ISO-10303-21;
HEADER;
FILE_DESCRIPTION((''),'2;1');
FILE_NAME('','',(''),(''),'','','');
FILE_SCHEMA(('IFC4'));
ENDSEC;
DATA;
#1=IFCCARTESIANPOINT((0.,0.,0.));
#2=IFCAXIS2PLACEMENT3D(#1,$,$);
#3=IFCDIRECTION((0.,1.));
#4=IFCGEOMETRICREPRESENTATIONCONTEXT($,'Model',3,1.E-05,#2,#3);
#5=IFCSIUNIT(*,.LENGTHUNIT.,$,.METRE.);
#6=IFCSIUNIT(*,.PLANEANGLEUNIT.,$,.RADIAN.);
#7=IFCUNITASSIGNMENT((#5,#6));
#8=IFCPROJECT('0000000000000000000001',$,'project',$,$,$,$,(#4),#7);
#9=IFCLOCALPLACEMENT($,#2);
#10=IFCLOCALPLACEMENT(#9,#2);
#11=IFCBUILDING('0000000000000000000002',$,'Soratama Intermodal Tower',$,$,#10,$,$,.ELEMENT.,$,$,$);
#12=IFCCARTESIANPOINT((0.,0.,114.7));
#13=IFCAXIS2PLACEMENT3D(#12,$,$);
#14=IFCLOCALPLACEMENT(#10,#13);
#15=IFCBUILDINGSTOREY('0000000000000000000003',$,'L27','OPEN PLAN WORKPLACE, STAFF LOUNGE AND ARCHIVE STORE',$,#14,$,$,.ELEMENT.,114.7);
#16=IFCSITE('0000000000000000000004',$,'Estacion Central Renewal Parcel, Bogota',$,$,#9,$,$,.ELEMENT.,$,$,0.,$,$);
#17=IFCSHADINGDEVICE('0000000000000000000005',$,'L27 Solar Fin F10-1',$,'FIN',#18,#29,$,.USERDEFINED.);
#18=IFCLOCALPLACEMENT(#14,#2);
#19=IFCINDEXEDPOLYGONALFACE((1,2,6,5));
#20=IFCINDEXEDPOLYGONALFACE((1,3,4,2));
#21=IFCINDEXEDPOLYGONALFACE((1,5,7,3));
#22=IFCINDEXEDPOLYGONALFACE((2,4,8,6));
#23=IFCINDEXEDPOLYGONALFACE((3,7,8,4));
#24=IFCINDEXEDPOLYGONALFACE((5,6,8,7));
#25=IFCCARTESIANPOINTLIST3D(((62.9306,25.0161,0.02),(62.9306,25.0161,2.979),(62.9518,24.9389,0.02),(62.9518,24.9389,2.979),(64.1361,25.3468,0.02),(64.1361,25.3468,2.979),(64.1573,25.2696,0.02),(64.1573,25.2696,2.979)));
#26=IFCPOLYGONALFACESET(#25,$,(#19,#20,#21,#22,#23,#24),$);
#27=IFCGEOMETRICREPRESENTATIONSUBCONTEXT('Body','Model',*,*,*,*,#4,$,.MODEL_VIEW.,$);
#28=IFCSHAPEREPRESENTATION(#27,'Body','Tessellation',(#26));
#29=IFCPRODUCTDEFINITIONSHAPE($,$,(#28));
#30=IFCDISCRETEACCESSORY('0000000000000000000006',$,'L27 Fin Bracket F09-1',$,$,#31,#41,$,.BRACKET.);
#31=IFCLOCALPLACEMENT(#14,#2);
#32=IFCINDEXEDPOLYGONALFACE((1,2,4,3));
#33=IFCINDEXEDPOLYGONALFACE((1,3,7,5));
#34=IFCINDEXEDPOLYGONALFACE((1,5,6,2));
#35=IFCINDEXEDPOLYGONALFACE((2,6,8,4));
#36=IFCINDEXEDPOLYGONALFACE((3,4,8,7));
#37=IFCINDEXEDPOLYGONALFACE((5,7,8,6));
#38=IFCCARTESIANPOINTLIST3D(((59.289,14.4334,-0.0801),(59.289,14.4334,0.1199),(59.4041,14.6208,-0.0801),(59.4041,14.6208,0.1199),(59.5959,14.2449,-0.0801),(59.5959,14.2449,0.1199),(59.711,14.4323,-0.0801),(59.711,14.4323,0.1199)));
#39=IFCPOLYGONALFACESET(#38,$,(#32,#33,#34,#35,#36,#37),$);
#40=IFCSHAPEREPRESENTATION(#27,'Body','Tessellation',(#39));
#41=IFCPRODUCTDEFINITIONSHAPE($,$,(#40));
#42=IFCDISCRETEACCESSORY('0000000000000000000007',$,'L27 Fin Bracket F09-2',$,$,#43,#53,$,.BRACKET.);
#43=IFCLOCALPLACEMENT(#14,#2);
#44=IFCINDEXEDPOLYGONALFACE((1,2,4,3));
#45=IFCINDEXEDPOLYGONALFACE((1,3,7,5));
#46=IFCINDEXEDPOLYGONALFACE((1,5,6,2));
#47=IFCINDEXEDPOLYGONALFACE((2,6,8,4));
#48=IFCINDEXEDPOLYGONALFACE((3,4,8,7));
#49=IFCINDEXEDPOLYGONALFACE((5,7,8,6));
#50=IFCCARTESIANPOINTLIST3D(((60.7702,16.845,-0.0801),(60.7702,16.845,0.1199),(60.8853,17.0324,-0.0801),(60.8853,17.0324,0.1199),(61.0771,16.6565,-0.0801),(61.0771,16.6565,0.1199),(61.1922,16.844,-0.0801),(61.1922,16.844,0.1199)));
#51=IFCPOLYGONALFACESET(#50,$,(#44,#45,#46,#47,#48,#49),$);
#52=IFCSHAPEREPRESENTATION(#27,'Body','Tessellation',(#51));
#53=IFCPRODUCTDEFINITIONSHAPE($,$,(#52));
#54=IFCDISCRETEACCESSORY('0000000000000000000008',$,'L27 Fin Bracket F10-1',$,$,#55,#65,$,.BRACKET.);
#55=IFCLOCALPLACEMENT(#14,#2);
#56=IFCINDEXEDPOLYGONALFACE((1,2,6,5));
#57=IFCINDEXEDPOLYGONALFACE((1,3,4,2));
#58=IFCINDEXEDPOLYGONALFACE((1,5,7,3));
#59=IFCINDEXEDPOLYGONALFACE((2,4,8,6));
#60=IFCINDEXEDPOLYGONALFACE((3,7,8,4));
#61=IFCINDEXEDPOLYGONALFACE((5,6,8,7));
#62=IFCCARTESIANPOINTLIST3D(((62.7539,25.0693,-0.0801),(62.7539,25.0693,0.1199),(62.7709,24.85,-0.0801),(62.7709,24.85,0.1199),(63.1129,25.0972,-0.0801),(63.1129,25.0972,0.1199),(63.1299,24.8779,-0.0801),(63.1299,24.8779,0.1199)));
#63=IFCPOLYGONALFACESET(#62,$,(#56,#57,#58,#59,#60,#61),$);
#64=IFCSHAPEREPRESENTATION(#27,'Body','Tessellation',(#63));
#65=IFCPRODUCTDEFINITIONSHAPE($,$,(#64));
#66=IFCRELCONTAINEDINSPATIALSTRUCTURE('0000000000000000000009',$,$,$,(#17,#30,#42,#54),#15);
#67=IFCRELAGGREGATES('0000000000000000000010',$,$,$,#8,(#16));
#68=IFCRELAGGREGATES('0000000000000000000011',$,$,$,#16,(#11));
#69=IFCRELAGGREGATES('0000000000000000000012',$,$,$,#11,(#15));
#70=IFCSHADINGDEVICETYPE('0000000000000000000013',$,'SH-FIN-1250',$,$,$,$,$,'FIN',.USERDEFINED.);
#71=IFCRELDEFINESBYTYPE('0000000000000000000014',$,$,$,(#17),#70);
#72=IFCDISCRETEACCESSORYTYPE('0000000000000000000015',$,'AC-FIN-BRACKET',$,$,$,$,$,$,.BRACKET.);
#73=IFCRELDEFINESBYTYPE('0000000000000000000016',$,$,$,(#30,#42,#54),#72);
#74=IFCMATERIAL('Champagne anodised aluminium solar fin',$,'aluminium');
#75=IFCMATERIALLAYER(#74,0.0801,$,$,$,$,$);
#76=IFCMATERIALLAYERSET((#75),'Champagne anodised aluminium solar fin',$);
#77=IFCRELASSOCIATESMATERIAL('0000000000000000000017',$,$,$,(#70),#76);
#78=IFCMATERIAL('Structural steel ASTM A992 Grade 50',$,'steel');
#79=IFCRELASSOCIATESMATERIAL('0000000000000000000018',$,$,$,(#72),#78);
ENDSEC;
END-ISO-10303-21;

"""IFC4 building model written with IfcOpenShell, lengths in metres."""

from ifc_helpers import new_model, si_unit, direction, frame, origin, origin_2d, place, context, subcontext, project, spatial, rectangle, extrude, material, layer, layer_set, type_object, element, save


model = new_model("IFC4")

# Units and contexts
model_context = context("Model", 3, precision=1e-05, world=origin(), true_north=direction((0.0, 1.0)))
body_context = subcontext(model_context, "Body", "Model", "MODEL_VIEW")
ifc_project = project(units=[si_unit("LENGTHUNIT", "METRE"), si_unit("PLANEANGLEUNIT", "RADIAN")], contexts=[model_context])

# Site, building, storey
site_placement = place(None, origin())
site = spatial("IfcSite", under=ifc_project, at=site_placement, Name="Estacion Central Renewal Parcel, Bogota", CompositionType="ELEMENT", RefElevation=0.0)
building_placement = place(site_placement, origin())
building = spatial("IfcBuilding", under=site, at=building_placement, Name="Soratama Intermodal Tower", CompositionType="ELEMENT")
storey_placement = place(building_placement, frame((0.0, 0.0, 114.7)))
storey = spatial("IfcBuildingStorey", under=building, at=storey_placement, Name="L27", Description="OPEN PLAN WORKPLACE, STAFF LOUNGE AND ARCHIVE STORE", CompositionType="ELEMENT", Elevation=114.7)

# Shading device
ifc_material_1 = material(Name="Champagne anodised aluminium solar fin", Category="aluminium")
ifc_layer_1 = layer(ifc_material_1, 0.0801)
ifc_layer_set_1 = layer_set([ifc_layer_1], Name="Champagne anodised aluminium solar fin")
shading_device_type = type_object("IfcShadingDeviceType", Name="SH-FIN-1250", ElementType="FIN", PredefinedType="USERDEFINED", material=ifc_layer_set_1)
for number, where, z_axis, x_axis, name in (
    (1, (63.5439, 25.1428, 0.02), (0.0, 0.0, 1.0), (0.964373, 0.264546, 0.0), "L27 Solar Fin F10-1"),
):
    element("IfcShadingDevice", number, at=place(storey_placement, frame(where, z_axis=z_axis, x_axis=x_axis)), inside=storey, type_object=shading_device_type, Name=name, ObjectType="FIN", PredefinedType="USERDEFINED", context=body_context, shape_type="SweptSolid", body=[
        extrude(rectangle(XDim=1.25, YDim=0.0801, at=origin_2d()), origin(), (0.0, 0.0, 1.0), 2.959),
    ])

# Discrete accessories
ifc_material_2 = material(Name="Structural steel ASTM A992 Grade 50", Category="steel")
discrete_accessory_type = type_object("IfcDiscreteAccessoryType", Name="AC-FIN-BRACKET", PredefinedType="BRACKET", material=ifc_material_2)
for number, where, z_axis, x_axis, name in (
    (2, (59.5, 14.4329, -0.0801), (0.0, 0.0, 1.0), (0.852093, -0.523391, 0.0), "L27 Fin Bracket F09-1"),
    (3, (60.9812, 16.8445, -0.0801), (0.0, 0.0, 1.0), (0.852093, -0.523391, 0.0), "L27 Fin Bracket F09-2"),
    (4, (62.9419, 24.9736, -0.0801), (0.0, 0.0, 1.0), (0.996999, 0.077415, 0.0), "L27 Fin Bracket F10-1"),
):
    element("IfcDiscreteAccessory", number, at=place(storey_placement, frame(where, z_axis=z_axis, x_axis=x_axis)), inside=storey, type_object=discrete_accessory_type, Name=name, PredefinedType="BRACKET", context=body_context, shape_type="SweptSolid", body=[
        extrude(rectangle(XDim=0.3601, YDim=0.22, at=origin_2d()), origin(), (0.0, 0.0, 1.0), 0.2),
    ])

save(model, "model.ifc")
